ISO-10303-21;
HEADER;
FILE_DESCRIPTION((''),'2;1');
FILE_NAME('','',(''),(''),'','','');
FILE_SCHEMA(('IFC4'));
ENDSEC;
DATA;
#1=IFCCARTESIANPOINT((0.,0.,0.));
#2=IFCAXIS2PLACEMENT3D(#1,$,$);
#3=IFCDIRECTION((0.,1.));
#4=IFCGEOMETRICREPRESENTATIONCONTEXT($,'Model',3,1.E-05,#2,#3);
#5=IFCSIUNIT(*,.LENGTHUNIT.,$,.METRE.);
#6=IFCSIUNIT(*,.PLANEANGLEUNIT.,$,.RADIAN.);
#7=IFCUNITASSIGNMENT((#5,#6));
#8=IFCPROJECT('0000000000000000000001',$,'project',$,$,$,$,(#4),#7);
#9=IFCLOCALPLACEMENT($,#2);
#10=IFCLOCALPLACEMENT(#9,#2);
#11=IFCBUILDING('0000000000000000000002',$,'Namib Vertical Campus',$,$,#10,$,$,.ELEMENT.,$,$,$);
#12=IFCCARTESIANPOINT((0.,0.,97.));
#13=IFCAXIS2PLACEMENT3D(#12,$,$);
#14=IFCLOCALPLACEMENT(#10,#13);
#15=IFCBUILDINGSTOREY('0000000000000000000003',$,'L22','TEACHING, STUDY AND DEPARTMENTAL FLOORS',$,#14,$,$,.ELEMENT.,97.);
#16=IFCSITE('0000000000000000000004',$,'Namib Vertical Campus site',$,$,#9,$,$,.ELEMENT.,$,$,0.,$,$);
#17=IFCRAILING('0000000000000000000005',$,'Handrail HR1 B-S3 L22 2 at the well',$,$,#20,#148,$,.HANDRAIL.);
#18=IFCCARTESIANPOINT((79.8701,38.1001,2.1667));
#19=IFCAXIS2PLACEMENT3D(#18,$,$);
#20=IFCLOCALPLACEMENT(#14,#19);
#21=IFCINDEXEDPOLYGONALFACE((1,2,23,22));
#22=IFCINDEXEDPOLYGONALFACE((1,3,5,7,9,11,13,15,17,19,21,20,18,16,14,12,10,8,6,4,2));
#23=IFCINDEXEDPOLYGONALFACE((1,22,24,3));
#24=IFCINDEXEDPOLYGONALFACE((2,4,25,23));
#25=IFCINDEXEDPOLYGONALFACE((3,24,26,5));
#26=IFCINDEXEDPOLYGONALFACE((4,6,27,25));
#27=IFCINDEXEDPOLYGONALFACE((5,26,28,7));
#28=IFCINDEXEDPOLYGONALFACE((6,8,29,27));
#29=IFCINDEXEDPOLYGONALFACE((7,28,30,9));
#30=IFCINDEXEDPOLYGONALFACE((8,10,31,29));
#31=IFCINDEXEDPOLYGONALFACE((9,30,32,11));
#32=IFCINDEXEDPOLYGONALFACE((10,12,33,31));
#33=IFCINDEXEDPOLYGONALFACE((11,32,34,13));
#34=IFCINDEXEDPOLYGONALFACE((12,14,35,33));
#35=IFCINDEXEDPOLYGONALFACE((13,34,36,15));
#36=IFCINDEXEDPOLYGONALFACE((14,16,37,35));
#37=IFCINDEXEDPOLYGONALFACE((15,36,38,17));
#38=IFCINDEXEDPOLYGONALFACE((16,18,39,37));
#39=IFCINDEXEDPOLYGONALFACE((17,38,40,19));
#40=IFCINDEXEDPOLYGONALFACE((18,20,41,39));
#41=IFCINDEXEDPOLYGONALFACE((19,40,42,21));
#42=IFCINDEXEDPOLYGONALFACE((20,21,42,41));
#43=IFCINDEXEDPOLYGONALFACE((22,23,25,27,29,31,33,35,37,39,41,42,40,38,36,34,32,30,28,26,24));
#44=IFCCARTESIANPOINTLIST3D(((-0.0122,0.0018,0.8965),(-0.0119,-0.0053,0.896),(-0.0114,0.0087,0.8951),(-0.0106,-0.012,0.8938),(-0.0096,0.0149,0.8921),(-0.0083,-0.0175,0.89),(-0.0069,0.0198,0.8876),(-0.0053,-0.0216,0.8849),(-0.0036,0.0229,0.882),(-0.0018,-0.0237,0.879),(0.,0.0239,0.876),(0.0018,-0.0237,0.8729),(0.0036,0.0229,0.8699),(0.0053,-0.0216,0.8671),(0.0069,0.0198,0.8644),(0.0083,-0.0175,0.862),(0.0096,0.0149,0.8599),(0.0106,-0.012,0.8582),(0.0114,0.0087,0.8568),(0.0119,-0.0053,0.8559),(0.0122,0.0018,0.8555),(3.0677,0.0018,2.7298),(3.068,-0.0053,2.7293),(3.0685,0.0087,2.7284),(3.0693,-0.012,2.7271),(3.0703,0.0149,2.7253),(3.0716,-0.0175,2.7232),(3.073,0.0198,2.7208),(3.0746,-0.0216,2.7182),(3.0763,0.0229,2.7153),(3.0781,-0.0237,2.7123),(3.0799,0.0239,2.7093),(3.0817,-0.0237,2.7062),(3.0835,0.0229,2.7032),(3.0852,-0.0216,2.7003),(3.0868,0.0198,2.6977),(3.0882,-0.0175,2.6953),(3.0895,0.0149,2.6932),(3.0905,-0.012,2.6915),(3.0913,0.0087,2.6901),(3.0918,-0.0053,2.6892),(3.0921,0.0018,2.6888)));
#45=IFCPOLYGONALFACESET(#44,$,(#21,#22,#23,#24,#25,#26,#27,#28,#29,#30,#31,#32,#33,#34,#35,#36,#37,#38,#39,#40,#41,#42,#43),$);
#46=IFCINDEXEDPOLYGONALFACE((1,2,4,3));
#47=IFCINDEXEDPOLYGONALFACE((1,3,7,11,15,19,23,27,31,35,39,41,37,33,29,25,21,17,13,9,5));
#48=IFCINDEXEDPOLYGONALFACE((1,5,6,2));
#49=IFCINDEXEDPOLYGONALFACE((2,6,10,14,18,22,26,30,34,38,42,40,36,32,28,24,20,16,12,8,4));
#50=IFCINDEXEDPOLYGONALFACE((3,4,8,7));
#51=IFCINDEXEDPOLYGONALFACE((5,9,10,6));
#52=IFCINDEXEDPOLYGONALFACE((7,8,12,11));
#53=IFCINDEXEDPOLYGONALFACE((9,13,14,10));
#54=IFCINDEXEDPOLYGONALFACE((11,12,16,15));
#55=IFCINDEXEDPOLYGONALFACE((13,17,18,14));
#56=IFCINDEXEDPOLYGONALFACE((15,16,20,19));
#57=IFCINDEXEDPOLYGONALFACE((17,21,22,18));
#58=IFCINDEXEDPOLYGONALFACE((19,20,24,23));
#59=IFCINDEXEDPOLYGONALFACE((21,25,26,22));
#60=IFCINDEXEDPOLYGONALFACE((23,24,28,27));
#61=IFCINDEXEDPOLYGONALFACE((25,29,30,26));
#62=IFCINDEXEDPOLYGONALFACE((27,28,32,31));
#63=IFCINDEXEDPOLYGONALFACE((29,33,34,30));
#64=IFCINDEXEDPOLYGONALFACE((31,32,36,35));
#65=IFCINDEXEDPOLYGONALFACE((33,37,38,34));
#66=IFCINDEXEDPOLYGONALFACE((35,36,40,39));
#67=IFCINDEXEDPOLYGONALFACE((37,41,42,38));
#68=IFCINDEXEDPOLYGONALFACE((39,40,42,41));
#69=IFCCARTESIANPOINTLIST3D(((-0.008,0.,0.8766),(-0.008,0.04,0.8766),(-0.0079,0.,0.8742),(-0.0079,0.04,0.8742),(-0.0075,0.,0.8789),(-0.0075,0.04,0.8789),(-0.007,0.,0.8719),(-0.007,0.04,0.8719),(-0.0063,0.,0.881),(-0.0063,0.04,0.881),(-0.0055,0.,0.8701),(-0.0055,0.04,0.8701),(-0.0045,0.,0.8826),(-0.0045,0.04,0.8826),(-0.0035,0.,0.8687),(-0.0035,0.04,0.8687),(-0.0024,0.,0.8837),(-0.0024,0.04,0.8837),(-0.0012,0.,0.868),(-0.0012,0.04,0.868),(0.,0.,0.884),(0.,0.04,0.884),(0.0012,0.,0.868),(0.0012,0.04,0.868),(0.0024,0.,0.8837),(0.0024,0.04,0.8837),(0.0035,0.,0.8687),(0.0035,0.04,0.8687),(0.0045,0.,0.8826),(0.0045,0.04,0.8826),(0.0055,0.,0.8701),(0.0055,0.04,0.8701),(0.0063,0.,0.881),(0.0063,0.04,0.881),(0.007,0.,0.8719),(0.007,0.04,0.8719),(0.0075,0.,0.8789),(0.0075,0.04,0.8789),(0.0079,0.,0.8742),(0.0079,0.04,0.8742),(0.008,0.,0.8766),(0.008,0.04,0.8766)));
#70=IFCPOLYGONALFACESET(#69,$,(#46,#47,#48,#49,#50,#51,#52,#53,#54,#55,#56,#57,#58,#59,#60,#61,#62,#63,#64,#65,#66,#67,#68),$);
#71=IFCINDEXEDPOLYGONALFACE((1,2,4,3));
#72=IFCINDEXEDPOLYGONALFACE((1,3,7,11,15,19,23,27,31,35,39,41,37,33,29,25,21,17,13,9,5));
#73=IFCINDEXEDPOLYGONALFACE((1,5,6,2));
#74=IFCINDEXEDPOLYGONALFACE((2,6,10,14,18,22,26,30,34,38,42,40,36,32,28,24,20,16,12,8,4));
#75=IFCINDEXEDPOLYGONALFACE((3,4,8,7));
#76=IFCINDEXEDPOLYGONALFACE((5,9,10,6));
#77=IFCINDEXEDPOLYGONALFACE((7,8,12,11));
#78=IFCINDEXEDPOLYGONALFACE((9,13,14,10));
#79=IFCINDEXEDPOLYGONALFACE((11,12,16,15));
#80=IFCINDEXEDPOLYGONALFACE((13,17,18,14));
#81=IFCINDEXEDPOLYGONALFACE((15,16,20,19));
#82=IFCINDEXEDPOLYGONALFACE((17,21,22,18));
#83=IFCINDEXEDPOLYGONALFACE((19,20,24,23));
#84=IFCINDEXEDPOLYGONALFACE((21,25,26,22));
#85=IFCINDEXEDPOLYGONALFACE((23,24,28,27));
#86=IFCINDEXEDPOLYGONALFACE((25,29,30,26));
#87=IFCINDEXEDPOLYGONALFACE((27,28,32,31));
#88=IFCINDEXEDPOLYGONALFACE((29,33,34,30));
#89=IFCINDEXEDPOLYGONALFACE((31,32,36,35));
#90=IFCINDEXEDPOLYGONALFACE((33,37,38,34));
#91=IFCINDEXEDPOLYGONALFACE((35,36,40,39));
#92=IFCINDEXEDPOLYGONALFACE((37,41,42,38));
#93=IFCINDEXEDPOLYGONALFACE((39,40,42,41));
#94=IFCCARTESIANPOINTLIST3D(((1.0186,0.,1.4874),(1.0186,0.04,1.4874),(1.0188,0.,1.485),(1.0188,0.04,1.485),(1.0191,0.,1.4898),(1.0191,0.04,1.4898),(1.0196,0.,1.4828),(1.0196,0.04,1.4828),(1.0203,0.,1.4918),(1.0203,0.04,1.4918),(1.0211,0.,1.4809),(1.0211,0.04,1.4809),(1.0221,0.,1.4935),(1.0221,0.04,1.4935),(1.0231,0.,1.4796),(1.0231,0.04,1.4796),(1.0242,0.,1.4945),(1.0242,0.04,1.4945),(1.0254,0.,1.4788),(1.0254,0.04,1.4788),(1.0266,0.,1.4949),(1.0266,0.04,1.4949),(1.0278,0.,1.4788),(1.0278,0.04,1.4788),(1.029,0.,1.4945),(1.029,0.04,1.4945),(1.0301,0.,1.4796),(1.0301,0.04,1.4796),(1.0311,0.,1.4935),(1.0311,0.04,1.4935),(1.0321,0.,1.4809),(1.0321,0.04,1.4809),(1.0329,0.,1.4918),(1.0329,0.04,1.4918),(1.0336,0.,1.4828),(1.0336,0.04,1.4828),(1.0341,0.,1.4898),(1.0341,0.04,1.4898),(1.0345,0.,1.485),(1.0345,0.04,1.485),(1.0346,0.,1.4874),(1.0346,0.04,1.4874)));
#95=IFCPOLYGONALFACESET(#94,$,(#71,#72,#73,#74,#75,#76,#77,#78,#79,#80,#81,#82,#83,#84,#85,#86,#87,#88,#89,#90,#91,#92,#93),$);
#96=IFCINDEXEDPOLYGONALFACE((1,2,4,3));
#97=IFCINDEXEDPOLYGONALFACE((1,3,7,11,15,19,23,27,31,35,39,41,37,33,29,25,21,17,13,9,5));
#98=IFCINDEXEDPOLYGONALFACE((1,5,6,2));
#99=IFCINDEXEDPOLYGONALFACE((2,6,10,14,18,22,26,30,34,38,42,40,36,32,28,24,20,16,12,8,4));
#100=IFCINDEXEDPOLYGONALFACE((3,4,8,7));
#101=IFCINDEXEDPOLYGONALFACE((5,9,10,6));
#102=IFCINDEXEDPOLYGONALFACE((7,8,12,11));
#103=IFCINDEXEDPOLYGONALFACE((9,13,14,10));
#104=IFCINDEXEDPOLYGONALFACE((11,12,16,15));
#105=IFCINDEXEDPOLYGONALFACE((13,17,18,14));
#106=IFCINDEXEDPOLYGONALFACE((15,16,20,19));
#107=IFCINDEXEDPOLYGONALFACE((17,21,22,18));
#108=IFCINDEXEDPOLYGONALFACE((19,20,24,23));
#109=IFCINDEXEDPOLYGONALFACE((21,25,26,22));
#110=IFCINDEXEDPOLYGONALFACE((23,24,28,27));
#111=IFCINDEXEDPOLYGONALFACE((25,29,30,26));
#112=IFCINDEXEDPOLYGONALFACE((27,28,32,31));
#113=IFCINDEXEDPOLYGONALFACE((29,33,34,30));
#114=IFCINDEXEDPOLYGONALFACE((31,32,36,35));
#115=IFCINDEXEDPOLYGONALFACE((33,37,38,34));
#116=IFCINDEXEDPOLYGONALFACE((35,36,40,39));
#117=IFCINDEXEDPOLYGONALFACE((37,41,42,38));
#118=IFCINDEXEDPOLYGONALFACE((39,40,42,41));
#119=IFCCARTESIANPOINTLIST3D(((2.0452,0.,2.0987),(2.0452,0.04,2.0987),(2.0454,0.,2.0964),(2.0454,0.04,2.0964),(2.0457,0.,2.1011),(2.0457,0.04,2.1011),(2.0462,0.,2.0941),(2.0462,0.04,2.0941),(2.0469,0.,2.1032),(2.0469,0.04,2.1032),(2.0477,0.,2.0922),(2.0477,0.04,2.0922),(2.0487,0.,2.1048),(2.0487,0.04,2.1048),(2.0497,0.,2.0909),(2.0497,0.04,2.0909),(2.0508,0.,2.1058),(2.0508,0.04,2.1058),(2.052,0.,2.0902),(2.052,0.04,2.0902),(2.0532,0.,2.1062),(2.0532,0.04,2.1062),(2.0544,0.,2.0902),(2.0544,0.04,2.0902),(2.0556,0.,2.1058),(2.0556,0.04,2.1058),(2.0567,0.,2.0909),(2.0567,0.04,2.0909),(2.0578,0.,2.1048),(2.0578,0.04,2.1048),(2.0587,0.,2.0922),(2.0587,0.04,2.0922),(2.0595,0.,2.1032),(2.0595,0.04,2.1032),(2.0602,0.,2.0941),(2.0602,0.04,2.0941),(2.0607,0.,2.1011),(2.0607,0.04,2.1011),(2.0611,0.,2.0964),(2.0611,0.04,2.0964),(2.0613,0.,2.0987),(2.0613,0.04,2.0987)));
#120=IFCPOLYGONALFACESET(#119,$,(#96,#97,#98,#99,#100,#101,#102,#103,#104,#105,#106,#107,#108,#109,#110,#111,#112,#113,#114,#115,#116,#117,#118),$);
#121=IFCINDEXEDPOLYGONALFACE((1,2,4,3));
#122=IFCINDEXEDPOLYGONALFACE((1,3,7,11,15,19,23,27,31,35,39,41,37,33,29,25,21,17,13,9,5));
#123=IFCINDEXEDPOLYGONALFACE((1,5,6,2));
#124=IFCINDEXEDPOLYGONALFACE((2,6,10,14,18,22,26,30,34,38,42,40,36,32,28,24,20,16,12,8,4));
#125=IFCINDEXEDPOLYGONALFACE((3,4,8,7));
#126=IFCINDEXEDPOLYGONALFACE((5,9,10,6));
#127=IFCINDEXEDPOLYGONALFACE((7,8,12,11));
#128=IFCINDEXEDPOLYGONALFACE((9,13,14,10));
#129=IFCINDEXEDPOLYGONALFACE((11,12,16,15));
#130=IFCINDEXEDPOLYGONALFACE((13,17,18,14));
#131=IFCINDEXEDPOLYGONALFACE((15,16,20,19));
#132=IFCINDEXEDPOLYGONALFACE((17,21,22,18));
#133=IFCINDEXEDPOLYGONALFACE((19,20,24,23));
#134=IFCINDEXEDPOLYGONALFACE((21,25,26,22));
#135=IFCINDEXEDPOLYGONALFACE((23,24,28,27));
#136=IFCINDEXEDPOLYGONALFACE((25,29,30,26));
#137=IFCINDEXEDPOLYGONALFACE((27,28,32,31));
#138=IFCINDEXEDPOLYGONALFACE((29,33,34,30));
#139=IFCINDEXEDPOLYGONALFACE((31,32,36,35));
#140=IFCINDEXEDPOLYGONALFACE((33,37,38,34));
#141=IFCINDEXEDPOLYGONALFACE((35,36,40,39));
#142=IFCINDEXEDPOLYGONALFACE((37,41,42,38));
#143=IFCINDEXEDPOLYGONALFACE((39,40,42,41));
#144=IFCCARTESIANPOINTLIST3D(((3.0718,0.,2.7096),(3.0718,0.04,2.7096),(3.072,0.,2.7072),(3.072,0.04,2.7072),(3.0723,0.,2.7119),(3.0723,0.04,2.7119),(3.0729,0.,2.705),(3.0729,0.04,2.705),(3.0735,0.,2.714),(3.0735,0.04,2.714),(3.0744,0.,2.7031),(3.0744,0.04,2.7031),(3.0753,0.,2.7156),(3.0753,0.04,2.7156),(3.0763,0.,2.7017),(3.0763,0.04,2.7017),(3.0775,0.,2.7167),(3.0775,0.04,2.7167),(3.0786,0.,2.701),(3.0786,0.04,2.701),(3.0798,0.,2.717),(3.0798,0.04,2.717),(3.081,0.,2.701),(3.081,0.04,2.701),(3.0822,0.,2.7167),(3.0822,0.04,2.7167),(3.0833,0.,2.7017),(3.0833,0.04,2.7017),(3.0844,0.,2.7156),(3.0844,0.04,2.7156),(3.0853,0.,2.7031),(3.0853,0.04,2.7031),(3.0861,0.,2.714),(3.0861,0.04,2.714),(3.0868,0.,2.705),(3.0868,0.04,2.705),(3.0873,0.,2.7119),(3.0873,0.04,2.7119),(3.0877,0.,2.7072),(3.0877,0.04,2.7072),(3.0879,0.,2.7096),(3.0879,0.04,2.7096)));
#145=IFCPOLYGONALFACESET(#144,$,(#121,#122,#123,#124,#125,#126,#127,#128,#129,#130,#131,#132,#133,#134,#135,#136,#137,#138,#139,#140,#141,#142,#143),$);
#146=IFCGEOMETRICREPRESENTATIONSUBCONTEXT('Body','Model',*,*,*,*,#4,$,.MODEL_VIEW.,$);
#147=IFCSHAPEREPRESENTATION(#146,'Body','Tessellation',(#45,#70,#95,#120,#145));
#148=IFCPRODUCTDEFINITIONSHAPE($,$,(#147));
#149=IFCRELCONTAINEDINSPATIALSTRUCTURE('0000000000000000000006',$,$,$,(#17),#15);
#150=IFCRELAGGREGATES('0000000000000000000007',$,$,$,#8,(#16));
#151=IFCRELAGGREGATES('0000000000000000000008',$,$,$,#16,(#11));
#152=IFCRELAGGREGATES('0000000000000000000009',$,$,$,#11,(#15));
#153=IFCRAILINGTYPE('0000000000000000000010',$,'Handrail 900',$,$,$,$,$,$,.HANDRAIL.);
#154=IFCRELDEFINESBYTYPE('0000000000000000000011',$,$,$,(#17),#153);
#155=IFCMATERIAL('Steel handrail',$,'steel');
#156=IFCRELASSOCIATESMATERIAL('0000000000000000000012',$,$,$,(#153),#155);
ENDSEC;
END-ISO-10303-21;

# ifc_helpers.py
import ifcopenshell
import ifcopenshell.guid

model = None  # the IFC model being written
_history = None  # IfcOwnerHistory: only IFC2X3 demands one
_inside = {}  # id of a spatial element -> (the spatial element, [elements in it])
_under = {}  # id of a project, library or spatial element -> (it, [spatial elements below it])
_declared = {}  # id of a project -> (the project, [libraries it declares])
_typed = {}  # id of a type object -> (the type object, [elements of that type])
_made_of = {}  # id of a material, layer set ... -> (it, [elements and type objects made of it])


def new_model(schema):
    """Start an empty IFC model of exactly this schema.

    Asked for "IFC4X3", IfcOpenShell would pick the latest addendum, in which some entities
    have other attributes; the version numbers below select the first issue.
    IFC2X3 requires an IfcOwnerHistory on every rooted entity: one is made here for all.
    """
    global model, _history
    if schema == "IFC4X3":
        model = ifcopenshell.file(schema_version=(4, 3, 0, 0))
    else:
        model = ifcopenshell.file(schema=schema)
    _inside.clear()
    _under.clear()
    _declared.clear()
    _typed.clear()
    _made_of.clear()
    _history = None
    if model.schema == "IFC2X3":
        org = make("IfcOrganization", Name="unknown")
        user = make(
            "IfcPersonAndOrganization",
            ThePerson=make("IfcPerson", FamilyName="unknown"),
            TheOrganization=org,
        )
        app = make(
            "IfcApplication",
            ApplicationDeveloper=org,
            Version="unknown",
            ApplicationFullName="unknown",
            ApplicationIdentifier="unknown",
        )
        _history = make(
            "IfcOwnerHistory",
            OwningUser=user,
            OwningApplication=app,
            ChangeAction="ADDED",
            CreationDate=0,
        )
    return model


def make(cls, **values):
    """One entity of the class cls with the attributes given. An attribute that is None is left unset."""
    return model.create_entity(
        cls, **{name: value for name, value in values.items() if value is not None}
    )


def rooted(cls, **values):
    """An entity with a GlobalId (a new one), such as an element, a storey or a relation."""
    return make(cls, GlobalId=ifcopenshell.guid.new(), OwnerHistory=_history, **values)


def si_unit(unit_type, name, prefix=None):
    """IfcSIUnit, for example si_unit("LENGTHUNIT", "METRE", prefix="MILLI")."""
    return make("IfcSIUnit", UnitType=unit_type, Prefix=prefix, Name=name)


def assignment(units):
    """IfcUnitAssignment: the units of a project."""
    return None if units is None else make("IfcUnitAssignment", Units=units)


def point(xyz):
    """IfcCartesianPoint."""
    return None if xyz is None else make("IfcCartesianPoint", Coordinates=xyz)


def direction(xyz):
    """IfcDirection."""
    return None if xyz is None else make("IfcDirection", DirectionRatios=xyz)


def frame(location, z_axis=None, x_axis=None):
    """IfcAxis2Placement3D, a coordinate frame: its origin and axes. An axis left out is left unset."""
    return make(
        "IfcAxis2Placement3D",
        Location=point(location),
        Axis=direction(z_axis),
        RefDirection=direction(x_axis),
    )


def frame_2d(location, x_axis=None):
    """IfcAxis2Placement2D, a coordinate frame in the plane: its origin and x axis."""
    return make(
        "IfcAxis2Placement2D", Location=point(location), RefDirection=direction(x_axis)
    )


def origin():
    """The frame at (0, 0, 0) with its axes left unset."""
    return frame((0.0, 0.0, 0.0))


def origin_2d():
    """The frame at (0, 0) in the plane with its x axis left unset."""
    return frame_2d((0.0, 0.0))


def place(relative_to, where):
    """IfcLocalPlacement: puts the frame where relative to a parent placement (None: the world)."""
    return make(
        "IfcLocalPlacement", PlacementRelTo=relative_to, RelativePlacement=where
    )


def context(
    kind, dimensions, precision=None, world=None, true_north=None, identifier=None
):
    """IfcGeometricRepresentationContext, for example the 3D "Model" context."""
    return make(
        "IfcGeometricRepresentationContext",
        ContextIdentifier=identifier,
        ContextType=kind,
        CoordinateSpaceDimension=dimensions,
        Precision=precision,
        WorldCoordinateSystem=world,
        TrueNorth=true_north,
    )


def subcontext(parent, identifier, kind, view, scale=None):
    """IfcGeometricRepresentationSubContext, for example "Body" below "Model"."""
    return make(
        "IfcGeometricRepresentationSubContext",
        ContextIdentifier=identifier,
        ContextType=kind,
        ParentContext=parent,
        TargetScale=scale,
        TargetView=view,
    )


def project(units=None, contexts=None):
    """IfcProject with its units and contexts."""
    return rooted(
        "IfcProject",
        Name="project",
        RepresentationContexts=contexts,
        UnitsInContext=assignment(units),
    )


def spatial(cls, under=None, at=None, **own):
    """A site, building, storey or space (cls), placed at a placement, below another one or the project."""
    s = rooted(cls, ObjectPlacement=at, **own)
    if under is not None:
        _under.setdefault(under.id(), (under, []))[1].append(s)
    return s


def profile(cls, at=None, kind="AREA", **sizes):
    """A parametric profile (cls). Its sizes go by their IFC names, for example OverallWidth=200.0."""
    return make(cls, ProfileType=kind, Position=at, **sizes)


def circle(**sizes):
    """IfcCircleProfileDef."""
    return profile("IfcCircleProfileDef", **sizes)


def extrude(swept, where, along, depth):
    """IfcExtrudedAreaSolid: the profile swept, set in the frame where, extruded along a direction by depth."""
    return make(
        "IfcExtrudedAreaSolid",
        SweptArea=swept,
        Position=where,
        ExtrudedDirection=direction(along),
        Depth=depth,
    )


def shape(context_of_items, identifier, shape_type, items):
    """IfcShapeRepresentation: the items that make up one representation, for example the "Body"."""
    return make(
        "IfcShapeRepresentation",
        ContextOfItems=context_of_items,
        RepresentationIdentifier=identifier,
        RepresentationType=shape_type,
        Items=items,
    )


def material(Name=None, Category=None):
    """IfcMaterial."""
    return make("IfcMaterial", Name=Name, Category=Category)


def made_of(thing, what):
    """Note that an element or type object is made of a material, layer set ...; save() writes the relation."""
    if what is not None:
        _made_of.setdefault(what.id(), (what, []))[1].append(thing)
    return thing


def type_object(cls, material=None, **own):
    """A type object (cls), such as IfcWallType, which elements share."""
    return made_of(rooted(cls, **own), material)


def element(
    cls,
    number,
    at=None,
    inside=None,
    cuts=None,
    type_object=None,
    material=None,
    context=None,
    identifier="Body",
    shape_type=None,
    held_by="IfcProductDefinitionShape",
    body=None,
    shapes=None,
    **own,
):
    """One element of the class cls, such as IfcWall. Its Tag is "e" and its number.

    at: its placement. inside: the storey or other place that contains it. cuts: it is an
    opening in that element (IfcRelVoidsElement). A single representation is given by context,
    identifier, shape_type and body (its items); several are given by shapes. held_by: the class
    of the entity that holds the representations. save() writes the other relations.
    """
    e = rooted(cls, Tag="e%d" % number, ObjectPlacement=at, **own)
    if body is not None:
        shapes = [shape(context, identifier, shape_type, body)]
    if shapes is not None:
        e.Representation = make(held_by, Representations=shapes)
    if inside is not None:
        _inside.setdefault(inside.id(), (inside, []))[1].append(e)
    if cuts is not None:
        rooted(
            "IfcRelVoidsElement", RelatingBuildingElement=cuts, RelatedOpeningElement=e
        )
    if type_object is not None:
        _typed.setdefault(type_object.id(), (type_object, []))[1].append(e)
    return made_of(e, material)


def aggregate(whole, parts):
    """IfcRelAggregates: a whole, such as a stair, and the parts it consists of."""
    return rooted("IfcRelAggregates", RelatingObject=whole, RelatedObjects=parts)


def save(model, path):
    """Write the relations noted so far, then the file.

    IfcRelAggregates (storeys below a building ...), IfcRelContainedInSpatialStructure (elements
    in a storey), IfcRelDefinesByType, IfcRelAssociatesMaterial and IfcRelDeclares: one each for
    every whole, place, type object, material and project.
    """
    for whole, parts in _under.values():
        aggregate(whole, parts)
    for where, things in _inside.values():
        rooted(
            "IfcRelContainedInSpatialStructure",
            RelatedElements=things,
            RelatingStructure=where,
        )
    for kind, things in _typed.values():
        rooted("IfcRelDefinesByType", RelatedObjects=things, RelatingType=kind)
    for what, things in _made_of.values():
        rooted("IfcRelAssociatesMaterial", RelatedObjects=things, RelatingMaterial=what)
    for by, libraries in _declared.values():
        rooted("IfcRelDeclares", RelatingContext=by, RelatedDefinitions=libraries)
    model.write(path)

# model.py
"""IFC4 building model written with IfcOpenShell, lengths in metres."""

from ifc_helpers import new_model, si_unit, direction, frame, origin, origin_2d, place, context, subcontext, project, spatial, circle, extrude, material, type_object, element, save


model = new_model("IFC4")

# Units and contexts
model_context = context("Model", 3, precision=1e-05, world=origin(), true_north=direction((0.0, 1.0)))
body_context = subcontext(model_context, "Body", "Model", "MODEL_VIEW")
ifc_project = project(units=[si_unit("LENGTHUNIT", "METRE"), si_unit("PLANEANGLEUNIT", "RADIAN")], contexts=[model_context])

# Site, building, storey
site_placement = place(None, origin())
site = spatial("IfcSite", under=ifc_project, at=site_placement, Name="Namib Vertical Campus site", CompositionType="ELEMENT", RefElevation=0.0)
building_placement = place(site_placement, origin())
building = spatial("IfcBuilding", under=site, at=building_placement, Name="Namib Vertical Campus", CompositionType="ELEMENT")
storey_placement = place(building_placement, frame((0.0, 0.0, 97.0)))
storey = spatial("IfcBuildingStorey", under=building, at=storey_placement, Name="L22", Description="TEACHING, STUDY AND DEPARTMENTAL FLOORS", CompositionType="ELEMENT", Elevation=97.0)

# Railing
ifc_material_1 = material(Name="Steel handrail", Category="steel")
railing_type_1 = type_object("IfcRailingType", Name="Handrail 900", PredefinedType="HANDRAIL", material=ifc_material_1)
railing_1_placement = place(storey_placement, frame((79.8701, 38.1001, 2.1667)))
element("IfcRailing", 1, at=railing_1_placement, inside=storey, type_object=railing_type_1, Name="Handrail HR1 B-S3 L22 2 at the well", PredefinedType="HANDRAIL", context=body_context, shape_type="SweptSolid", body=[
    extrude(circle(Radius=0.0239, at=origin_2d()), frame((0.0, 0.0, 0.876), z_axis=(0.859291, 0.0, 0.511487), x_axis=(0.0, 1.0, 0.0)), (0.0, 0.0, 1.0), 3.5842),
    extrude(circle(Radius=0.0081, at=origin_2d()), frame((0.0, 0.0, 0.876), z_axis=(0.0, 1.0, 0.0), x_axis=(0.0, 0.0, 1.0)), (0.0, 0.0, 1.0), 0.04),
    extrude(circle(Radius=0.0081, at=origin_2d()), frame((1.0266, 0.0, 1.4868), z_axis=(0.0, 1.0, 0.0), x_axis=(0.0, 0.0, 1.0)), (0.0, 0.0, 1.0), 0.04),
    extrude(circle(Radius=0.0081, at=origin_2d()), frame((2.0532, 0.0, 2.0981), z_axis=(0.0, 1.0, 0.0), x_axis=(0.0, 0.0, 1.0)), (0.0, 0.0, 1.0), 0.04),
    extrude(circle(Radius=0.0081, at=origin_2d()), frame((3.0798, 0.0, 2.709), z_axis=(0.0, 1.0, 0.0), x_axis=(0.0, 0.0, 1.0)), (0.0, 0.0, 1.0), 0.04),
])

save(model, "model.ifc")
